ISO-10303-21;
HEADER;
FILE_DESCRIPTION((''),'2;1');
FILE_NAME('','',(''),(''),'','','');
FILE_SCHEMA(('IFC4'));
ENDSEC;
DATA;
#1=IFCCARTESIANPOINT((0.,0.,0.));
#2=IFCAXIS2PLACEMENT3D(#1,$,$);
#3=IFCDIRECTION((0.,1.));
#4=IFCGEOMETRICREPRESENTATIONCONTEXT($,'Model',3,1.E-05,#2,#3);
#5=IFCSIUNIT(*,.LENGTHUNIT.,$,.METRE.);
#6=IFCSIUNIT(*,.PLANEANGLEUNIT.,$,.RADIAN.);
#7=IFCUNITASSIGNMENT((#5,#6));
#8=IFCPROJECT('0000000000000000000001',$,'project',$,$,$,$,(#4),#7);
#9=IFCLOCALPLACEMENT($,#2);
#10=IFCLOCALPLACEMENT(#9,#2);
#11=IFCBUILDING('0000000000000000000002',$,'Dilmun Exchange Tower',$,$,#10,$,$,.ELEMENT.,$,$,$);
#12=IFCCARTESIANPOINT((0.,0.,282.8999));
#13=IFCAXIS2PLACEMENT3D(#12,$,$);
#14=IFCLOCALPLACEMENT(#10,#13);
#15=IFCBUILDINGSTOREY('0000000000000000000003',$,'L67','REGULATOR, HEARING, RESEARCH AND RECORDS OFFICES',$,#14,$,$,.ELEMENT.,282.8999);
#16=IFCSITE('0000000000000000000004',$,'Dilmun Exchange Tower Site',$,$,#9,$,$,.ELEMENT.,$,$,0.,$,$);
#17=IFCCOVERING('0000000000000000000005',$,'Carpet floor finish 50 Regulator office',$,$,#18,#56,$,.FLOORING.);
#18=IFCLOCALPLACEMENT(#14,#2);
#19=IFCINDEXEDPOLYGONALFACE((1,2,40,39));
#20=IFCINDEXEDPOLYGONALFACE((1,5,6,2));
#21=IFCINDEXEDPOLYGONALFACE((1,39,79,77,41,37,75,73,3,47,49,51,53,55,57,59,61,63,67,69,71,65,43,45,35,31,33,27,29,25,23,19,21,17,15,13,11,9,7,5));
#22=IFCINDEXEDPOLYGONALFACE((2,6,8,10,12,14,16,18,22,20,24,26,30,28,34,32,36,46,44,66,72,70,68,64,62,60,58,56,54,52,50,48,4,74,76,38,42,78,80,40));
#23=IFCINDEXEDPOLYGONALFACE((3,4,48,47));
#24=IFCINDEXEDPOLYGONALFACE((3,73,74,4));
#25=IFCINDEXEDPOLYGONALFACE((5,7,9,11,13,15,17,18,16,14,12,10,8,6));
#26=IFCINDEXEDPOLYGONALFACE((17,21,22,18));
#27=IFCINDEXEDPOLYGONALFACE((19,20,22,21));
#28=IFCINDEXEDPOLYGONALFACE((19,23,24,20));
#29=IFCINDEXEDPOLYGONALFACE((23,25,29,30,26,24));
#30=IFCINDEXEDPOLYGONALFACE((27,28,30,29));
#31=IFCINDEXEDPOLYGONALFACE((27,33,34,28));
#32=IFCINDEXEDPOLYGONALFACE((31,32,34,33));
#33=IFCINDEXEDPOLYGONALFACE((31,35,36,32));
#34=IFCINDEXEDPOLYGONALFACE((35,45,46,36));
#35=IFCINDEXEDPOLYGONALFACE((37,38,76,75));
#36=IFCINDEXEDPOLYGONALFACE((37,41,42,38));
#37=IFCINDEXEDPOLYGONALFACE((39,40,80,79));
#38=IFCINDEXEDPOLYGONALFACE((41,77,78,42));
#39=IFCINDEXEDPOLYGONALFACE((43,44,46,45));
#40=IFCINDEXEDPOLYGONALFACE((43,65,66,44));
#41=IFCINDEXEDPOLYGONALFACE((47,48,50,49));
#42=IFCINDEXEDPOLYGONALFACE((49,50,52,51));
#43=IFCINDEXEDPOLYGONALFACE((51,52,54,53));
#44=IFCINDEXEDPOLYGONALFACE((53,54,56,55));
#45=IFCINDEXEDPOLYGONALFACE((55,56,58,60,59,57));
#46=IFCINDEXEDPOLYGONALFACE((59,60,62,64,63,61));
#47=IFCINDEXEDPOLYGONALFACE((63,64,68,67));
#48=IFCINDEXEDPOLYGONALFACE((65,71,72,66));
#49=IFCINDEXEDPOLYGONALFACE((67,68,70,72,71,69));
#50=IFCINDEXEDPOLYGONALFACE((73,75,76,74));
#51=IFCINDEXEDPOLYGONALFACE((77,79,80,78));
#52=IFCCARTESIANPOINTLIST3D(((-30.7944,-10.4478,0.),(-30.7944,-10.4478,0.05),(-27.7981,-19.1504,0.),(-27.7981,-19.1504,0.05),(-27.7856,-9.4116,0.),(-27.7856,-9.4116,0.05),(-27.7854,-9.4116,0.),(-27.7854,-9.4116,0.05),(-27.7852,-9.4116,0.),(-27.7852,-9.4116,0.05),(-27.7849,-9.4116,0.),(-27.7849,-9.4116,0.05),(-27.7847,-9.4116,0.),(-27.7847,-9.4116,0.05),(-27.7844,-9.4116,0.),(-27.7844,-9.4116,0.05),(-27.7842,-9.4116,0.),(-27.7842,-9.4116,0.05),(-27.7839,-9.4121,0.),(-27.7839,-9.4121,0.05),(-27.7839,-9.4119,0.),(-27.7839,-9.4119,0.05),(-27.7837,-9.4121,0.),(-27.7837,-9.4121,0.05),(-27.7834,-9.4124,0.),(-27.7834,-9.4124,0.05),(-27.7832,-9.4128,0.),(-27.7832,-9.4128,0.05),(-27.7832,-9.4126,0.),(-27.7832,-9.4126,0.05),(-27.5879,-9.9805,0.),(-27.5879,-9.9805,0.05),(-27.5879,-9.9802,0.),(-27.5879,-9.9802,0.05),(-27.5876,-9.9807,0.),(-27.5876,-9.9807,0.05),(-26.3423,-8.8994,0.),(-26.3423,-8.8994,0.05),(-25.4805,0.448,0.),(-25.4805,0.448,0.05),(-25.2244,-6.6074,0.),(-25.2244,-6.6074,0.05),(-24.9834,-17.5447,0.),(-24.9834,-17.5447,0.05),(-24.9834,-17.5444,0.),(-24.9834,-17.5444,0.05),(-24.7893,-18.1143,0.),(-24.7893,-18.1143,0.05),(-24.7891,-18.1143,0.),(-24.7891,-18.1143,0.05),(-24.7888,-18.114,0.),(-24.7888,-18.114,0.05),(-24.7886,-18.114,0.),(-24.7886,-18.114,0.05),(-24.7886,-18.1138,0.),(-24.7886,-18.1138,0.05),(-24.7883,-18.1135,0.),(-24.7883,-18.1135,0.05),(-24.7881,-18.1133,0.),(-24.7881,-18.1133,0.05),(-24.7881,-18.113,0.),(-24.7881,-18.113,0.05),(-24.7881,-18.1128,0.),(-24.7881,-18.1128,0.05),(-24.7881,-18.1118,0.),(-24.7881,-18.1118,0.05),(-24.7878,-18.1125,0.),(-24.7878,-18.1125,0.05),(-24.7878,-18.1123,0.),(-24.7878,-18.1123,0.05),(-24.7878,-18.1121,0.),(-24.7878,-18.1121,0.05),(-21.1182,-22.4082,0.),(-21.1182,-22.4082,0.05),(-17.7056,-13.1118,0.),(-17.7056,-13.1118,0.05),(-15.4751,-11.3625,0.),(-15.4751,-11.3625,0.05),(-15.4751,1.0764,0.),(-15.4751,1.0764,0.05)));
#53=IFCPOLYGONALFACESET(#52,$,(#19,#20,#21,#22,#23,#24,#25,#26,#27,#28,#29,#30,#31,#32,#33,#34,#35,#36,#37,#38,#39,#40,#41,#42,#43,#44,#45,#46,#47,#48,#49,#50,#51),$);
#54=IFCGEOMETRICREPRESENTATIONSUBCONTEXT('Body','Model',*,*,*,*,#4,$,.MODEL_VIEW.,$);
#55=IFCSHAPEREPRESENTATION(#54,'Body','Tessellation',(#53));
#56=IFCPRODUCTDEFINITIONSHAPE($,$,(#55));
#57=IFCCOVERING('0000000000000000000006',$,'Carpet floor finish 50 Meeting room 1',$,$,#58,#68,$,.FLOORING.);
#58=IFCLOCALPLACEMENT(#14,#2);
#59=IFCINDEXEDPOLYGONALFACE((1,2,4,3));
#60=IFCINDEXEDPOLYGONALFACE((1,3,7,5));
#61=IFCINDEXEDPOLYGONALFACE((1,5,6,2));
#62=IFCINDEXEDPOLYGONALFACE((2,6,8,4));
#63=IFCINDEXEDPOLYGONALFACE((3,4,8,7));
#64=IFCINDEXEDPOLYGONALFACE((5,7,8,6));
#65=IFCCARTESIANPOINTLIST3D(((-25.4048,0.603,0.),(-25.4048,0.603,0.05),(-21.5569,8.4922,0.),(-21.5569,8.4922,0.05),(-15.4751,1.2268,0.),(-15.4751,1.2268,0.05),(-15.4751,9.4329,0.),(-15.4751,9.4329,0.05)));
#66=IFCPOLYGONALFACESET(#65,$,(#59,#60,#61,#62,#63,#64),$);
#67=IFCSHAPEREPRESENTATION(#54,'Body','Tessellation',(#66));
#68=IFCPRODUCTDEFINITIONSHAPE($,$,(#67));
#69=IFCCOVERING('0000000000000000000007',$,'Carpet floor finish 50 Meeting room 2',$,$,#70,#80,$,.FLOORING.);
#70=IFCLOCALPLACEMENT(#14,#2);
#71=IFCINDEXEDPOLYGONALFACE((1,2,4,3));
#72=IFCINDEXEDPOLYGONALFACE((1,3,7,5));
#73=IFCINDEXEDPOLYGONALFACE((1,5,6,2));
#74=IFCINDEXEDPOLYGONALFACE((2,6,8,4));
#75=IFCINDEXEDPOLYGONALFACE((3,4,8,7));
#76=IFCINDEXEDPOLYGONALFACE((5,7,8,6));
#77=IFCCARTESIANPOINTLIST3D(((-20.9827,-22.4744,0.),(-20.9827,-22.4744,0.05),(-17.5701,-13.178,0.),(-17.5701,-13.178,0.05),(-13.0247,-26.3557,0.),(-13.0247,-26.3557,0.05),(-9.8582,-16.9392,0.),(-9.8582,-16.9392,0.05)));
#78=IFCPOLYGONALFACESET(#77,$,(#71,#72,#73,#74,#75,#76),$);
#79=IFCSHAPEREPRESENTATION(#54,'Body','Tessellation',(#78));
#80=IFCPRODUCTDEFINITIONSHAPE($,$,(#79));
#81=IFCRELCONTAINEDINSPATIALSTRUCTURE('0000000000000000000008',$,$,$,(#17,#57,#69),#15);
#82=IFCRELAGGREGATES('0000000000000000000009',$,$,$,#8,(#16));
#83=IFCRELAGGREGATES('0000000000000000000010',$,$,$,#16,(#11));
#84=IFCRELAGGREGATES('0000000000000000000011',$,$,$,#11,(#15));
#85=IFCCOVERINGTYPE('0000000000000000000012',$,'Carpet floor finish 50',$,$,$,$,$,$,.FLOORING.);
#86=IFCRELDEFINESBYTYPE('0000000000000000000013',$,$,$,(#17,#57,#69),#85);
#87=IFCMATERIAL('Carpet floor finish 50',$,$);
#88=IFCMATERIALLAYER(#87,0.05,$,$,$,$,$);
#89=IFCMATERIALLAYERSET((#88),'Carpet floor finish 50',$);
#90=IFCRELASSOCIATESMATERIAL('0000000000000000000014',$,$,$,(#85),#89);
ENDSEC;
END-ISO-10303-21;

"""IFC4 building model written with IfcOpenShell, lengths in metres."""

from ifc_helpers import new_model, si_unit, direction, frame, origin, place, context, subcontext, project, spatial, polyline, outline, extrude, material, layer, layer_set, type_object, element, save


model = new_model("IFC4")

# Units and contexts
model_context = context("Model", 3, precision=1e-05, world=origin(), true_north=direction((0.0, 1.0)))
body_context = subcontext(model_context, "Body", "Model", "MODEL_VIEW")
ifc_project = project(units=[si_unit("LENGTHUNIT", "METRE"), si_unit("PLANEANGLEUNIT", "RADIAN")], contexts=[model_context])

# Site, building, storey
site_placement = place(None, origin())
site = spatial("IfcSite", under=ifc_project, at=site_placement, Name="Dilmun Exchange Tower Site", CompositionType="ELEMENT", RefElevation=0.0)
building_placement = place(site_placement, origin())
building = spatial("IfcBuilding", under=site, at=building_placement, Name="Dilmun Exchange Tower", CompositionType="ELEMENT")
storey_placement = place(building_placement, frame((0.0, 0.0, 282.8999)))
storey = spatial("IfcBuildingStorey", under=building, at=storey_placement, Name="L67", Description="REGULATOR, HEARING, RESEARCH AND RECORDS OFFICES", CompositionType="ELEMENT", Elevation=282.8999)

# Coverings
ifc_material_1 = material(Name="Carpet floor finish 50")
ifc_layer_1 = layer(ifc_material_1, 0.05)
ifc_layer_set_1 = layer_set([ifc_layer_1], Name="Carpet floor finish 50")
covering_type_1 = type_object("IfcCoveringType", Name="Carpet floor finish 50", PredefinedType="FLOORING", material=ifc_layer_set_1)
covering_1_placement = place(storey_placement, origin())
element("IfcCovering", 1, at=covering_1_placement, inside=storey, type_object=covering_type_1, Name="Carpet floor finish 50 Regulator office", PredefinedType="FLOORING", context=body_context, shape_type="SweptSolid", body=[
    extrude(outline(polyline([(-15.4751, 1.0764), (-15.4751, -11.3625), (-25.2244, -6.6074), (-26.3423, -8.8994), (-17.7056, -13.1118), (-21.1182, -22.4082), (-27.7981, -19.1504), (-24.7893, -18.1143), (-24.7891, -18.1143), (-24.7888, -18.114), (-24.7888, -18.114), (-24.7886, -18.114), (-24.7886, -18.1138), (-24.7883, -18.1135), (-24.7881, -18.1133), (-24.7881, -18.1133), (-24.7881, -18.113), (-24.7881, -18.1128), (-24.7881, -18.1128), (-24.7878, -18.1125), (-24.7878, -18.1123), (-24.7878, -18.1121), (-24.7881, -18.1118), (-24.7881, -18.1118), (-24.9834, -17.5447), (-24.9834, -17.5447), (-24.9834, -17.5444), (-27.5876, -9.9807), (-27.5876, -9.9807), (-27.5879, -9.9805), (-27.5879, -9.9802), (-27.7832, -9.4128), (-27.7832, -9.4126), (-27.7832, -9.4126), (-27.7834, -9.4124), (-27.7837, -9.4121), (-27.7837, -9.4121), (-27.7839, -9.4121), (-27.7839, -9.4119), (-27.7842, -9.4116), (-27.7844, -9.4116), (-27.7847, -9.4116), (-27.7849, -9.4116), (-27.7849, -9.4116), (-27.7852, -9.4116), (-27.7854, -9.4116), (-27.7854, -9.4116), (-27.7856, -9.4116), (-30.7944, -10.4478), (-25.4805, 0.448), (-15.4751, 1.0764)])), origin(), (0.0, 0.0, 1.0), 0.05),
])
covering_2_placement = place(storey_placement, origin())
element("IfcCovering", 2, at=covering_2_placement, inside=storey, type_object=covering_type_1, Name="Carpet floor finish 50 Meeting room 1", PredefinedType="FLOORING", context=body_context, shape_type="SweptSolid", body=[
    extrude(outline(polyline([(-15.4751, 9.4329), (-15.4751, 1.2268), (-25.4048, 0.603), (-21.5569, 8.4922), (-15.4751, 9.4329)])), origin(), (0.0, 0.0, 1.0), 0.05),
])
covering_3_placement = place(storey_placement, origin())
element("IfcCovering", 3, at=covering_3_placement, inside=storey, type_object=covering_type_1, Name="Carpet floor finish 50 Meeting room 2", PredefinedType="FLOORING", context=body_context, shape_type="SweptSolid", body=[
    extrude(outline(polyline([(-17.5701, -13.178), (-9.8582, -16.9392), (-13.0247, -26.3557), (-20.9827, -22.4744), (-17.5701, -13.178)])), origin(), (0.0, 0.0, 1.0), 0.05),
])

save(model, "model.ifc")
